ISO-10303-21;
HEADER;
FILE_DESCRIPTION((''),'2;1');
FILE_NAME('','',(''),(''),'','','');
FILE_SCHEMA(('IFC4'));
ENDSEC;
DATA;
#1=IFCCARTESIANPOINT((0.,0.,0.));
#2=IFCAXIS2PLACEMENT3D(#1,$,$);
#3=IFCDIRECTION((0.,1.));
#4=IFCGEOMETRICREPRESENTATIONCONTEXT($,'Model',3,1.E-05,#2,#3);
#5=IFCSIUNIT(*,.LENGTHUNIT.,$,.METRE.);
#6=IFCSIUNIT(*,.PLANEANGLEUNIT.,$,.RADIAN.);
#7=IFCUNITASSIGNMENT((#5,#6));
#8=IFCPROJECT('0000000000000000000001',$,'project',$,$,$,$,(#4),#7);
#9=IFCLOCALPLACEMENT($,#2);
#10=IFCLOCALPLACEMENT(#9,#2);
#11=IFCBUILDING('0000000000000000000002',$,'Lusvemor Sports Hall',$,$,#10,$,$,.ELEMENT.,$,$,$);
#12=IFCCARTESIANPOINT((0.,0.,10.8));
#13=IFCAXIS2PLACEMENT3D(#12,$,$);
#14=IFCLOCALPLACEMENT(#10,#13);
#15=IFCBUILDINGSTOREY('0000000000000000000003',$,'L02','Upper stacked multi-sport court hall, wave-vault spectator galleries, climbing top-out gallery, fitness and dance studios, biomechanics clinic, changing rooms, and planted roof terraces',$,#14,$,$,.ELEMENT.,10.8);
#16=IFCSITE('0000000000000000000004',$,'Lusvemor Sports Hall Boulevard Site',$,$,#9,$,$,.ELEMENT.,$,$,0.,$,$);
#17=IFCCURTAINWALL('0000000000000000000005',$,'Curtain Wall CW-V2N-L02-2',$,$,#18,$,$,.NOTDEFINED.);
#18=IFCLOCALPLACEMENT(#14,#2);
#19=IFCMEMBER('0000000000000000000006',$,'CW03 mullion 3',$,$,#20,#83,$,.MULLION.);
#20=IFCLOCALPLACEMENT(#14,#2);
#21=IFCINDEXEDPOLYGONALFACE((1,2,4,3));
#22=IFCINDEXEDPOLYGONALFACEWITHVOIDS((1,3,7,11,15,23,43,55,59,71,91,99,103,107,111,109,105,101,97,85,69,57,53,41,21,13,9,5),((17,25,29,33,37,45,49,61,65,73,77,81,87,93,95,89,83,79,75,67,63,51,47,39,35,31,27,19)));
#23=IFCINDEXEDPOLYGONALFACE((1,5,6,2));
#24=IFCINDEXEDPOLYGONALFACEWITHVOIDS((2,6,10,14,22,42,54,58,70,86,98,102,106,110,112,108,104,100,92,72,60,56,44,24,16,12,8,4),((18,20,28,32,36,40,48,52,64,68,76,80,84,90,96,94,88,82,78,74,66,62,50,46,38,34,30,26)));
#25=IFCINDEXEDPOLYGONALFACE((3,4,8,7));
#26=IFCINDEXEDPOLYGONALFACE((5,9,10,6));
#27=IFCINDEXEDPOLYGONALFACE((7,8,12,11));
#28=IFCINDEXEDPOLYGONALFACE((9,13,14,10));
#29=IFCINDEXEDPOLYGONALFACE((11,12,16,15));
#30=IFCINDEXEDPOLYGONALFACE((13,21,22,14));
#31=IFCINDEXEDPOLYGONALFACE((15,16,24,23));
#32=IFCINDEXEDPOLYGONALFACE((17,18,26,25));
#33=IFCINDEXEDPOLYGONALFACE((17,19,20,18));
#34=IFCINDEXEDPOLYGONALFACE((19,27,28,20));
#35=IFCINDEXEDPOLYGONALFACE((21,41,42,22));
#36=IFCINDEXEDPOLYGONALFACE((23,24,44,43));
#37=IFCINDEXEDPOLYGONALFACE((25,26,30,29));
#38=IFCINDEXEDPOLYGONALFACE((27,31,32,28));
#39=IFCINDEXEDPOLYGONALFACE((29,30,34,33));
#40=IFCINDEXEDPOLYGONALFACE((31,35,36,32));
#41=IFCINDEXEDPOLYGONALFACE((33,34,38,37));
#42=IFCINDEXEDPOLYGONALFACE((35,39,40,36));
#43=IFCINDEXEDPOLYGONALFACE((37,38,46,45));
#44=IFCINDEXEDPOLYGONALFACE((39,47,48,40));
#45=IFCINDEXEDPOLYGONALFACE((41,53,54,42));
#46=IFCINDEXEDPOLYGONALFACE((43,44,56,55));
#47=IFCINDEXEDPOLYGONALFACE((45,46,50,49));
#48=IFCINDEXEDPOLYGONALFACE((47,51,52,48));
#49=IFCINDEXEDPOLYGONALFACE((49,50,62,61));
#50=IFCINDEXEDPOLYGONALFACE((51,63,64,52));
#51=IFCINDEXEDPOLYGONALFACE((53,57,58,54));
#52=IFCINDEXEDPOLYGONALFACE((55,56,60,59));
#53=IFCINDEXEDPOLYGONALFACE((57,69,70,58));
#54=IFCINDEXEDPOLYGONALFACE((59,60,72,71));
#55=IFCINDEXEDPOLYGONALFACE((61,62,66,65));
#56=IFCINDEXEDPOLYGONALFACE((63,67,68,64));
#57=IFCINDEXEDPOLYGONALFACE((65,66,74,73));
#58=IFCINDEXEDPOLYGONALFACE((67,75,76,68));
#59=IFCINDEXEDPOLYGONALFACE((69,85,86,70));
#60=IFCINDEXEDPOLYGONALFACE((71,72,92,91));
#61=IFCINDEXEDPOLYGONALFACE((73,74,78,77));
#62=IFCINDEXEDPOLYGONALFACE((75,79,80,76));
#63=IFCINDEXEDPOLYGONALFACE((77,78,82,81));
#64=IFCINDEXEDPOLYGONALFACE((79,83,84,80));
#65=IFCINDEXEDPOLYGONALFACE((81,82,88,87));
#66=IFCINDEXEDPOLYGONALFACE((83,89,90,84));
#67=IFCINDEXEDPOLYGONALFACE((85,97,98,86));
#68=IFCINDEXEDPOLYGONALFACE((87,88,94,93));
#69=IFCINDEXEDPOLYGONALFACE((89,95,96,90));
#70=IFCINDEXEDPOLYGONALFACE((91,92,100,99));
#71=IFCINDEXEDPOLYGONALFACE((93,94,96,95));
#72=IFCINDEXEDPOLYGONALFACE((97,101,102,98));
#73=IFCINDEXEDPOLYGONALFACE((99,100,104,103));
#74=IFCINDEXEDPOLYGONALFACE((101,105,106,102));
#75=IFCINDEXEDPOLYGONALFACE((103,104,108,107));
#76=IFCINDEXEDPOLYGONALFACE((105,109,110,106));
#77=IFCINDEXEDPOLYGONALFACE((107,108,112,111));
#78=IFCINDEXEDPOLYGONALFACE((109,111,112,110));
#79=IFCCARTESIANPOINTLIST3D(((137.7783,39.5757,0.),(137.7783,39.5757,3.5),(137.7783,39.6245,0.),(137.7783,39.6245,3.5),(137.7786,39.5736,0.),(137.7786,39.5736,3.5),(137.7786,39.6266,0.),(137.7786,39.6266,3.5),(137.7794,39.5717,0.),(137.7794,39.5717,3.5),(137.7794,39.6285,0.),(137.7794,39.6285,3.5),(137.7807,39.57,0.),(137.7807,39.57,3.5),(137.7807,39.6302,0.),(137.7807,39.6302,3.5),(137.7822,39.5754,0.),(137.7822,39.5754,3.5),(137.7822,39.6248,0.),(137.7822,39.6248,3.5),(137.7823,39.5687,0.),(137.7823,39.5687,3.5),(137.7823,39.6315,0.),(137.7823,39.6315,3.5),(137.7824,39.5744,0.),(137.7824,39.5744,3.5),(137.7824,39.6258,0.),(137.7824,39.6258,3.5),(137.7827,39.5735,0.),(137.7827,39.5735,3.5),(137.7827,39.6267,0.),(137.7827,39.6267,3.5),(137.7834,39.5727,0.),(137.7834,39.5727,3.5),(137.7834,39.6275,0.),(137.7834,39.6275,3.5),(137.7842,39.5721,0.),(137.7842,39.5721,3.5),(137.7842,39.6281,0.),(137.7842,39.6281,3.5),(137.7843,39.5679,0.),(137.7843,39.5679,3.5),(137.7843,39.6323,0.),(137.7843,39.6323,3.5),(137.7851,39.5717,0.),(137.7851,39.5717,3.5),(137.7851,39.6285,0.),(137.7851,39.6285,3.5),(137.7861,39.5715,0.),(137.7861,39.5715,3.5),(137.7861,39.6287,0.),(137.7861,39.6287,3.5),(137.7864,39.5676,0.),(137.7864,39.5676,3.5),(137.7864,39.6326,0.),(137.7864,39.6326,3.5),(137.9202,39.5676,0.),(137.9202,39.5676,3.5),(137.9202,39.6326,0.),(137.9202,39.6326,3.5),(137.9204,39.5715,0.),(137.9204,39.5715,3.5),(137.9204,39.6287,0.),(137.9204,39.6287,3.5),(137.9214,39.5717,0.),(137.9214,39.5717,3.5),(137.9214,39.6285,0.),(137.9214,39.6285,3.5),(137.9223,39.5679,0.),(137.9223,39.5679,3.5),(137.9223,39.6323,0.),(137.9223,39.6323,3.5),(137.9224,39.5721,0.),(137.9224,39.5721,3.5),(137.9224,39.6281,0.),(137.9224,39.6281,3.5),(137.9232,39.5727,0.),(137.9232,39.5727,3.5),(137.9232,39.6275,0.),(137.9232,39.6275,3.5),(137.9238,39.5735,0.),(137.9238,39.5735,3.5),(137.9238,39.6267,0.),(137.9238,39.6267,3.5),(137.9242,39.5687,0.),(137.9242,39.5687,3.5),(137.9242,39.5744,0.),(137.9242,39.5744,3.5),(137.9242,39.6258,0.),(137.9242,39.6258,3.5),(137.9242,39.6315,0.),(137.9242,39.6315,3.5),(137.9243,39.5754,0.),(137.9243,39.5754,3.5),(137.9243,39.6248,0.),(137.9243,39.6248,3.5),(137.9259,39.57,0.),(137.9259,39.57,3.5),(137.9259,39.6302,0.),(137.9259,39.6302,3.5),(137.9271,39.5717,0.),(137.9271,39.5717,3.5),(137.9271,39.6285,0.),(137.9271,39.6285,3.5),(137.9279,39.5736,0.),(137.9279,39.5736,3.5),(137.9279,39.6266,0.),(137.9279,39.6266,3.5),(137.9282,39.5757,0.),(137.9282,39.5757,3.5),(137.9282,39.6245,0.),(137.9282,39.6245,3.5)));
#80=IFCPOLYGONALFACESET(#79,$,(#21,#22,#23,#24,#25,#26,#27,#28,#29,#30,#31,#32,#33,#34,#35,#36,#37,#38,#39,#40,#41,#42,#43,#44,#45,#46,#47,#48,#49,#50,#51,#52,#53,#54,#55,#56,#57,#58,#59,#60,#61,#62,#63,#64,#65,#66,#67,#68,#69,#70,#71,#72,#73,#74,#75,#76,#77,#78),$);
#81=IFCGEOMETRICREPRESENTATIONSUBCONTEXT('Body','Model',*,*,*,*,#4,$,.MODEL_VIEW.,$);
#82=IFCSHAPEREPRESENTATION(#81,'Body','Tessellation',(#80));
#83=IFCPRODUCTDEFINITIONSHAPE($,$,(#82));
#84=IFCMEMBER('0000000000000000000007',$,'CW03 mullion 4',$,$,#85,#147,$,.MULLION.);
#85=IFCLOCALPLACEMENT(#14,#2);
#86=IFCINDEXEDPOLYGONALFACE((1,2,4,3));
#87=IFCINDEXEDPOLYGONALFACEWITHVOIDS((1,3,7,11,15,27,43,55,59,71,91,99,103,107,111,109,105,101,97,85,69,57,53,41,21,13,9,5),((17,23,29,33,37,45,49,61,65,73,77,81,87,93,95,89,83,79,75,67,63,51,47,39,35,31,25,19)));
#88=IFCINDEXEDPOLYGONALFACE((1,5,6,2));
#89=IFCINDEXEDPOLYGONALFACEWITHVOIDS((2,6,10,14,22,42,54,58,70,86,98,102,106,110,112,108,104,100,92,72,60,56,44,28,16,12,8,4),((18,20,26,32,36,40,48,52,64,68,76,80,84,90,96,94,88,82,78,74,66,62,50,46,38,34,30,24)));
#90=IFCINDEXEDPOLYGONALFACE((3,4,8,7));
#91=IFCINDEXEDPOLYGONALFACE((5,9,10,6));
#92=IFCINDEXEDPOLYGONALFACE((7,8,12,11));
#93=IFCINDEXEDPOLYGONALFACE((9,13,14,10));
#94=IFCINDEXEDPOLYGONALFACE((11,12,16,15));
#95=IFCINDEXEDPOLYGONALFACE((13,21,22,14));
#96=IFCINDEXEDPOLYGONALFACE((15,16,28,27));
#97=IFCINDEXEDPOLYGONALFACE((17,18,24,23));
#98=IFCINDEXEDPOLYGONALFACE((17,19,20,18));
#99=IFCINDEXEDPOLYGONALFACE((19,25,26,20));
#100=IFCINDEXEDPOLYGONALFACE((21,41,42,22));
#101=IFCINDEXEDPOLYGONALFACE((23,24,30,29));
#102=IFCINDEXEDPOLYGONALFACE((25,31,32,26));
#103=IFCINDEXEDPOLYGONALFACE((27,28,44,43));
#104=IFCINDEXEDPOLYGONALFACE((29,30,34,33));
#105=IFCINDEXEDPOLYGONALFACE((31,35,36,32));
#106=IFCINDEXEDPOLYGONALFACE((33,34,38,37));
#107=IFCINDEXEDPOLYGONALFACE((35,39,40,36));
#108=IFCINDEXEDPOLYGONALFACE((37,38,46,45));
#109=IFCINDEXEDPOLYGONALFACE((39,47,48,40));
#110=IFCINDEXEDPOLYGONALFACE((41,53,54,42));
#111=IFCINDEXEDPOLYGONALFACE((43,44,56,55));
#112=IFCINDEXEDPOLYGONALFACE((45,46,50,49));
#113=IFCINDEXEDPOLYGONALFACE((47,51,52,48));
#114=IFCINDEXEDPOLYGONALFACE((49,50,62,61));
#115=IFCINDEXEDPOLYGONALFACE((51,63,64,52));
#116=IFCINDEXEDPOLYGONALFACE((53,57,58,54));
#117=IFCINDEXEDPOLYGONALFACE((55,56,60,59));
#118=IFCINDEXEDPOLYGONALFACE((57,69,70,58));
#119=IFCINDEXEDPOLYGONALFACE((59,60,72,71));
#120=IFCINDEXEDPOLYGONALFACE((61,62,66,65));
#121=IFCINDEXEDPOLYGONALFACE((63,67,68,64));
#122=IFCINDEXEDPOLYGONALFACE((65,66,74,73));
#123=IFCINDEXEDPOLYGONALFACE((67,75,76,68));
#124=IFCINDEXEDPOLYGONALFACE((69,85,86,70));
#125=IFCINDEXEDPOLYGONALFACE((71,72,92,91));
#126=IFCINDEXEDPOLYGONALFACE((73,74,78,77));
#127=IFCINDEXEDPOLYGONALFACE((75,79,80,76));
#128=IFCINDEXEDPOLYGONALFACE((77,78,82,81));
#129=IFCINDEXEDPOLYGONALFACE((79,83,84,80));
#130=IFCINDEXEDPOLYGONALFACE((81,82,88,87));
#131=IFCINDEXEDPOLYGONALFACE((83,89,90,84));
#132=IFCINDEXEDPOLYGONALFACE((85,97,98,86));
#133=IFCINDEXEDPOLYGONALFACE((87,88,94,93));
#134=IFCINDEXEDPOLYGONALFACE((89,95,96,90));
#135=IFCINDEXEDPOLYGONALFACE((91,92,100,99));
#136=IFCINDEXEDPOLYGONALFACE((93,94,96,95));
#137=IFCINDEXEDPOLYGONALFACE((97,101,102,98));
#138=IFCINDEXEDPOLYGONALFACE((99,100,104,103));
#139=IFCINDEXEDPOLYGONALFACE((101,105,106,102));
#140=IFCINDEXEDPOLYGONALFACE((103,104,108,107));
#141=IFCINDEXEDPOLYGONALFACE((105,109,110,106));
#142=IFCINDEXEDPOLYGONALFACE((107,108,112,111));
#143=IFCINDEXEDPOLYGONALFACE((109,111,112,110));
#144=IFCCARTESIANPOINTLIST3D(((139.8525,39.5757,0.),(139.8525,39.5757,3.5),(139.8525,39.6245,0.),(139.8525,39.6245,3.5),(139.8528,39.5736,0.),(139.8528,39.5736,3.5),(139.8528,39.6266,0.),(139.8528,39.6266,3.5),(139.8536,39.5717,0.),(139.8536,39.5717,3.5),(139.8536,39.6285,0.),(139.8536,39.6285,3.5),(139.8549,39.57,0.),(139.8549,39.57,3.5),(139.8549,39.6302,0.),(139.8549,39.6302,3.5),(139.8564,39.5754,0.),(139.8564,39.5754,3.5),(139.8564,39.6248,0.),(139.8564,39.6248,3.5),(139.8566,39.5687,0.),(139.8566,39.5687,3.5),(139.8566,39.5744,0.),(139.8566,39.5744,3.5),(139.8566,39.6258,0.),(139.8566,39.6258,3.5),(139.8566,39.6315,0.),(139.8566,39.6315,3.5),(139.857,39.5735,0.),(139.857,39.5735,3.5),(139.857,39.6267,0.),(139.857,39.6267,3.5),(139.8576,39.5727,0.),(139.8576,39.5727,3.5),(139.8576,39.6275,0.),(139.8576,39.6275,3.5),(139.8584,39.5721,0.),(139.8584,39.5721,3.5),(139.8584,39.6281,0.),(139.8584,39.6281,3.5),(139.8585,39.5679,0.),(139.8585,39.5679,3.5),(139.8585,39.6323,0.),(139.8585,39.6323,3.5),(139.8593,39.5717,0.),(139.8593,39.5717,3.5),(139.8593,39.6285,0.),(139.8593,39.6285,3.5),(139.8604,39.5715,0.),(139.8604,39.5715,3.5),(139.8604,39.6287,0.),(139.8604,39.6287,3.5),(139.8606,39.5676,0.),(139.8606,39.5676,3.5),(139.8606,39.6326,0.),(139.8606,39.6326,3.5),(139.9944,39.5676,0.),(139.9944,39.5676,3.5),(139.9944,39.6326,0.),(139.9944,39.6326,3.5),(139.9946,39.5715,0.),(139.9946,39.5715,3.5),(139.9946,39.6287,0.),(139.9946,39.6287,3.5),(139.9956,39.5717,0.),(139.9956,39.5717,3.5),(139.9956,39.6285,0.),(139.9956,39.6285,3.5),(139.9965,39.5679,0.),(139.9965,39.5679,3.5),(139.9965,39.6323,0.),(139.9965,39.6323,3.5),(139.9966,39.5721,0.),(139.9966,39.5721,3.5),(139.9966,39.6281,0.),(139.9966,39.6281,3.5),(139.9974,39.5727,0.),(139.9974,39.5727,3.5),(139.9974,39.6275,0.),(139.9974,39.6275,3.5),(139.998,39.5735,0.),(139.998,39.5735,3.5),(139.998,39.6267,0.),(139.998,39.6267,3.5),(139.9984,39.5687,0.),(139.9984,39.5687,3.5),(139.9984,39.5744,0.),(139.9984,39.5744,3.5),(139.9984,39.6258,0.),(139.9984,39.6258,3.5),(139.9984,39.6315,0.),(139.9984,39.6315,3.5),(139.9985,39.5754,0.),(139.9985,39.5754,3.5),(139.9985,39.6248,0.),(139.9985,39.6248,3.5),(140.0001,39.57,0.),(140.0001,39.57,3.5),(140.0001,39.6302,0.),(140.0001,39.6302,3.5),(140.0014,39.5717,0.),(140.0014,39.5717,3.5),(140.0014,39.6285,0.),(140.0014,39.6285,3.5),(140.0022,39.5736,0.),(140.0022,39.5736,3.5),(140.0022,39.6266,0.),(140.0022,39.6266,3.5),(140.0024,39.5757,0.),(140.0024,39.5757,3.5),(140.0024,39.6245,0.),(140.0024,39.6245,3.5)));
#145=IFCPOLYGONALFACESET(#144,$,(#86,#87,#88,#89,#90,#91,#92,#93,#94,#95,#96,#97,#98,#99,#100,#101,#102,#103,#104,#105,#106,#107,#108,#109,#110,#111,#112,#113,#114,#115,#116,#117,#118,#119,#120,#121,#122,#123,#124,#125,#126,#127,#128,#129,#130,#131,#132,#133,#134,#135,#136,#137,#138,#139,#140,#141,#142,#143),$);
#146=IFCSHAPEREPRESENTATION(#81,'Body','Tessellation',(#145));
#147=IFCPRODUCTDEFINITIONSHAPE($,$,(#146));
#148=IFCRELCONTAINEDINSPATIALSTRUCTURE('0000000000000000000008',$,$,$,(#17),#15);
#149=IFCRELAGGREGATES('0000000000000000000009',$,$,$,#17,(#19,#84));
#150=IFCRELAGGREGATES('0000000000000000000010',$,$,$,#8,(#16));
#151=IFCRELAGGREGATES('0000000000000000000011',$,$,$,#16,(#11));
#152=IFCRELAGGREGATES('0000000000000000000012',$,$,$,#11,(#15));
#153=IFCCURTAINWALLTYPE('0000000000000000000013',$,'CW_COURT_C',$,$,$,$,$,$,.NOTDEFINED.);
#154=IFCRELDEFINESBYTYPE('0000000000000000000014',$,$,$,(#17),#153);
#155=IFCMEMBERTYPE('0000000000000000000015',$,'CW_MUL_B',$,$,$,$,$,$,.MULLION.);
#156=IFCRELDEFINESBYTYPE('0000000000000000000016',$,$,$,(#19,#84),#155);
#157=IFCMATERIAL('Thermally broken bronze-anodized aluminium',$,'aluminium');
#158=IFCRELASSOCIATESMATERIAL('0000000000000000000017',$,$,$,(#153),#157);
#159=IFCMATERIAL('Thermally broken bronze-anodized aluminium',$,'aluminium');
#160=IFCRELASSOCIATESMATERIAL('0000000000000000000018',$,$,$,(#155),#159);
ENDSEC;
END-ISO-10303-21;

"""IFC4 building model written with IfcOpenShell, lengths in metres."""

from ifc_helpers import new_model, si_unit, direction, frame, origin, origin_2d, place, context, subcontext, project, spatial, hollow_rectangle, extrude, material, material_profile, profile_set, type_object, element, aggregate, save


model = new_model("IFC4")

# Units and contexts
model_context = context("Model", 3, precision=1e-05, world=origin(), true_north=direction((0.0, 1.0)))
body_context = subcontext(model_context, "Body", "Model", "MODEL_VIEW")
ifc_project = project(units=[si_unit("LENGTHUNIT", "METRE"), si_unit("PLANEANGLEUNIT", "RADIAN")], contexts=[model_context])

# Site, building, storey
site_placement = place(None, origin())
site = spatial("IfcSite", under=ifc_project, at=site_placement, Name="Lusvemor Sports Hall Boulevard Site", CompositionType="ELEMENT", RefElevation=0.0)
building_placement = place(site_placement, origin())
building = spatial("IfcBuilding", under=site, at=building_placement, Name="Lusvemor Sports Hall", CompositionType="ELEMENT")
storey_placement = place(building_placement, frame((0.0, 0.0, 10.8)))
storey = spatial("IfcBuildingStorey", under=building, at=storey_placement, Name="L02", Description="Upper stacked multi-sport court hall, wave-vault spectator galleries, climbing top-out gallery, fitness and dance studios, biomechanics clinic, changing rooms, and planted roof terraces", CompositionType="ELEMENT", Elevation=10.8)

# Curtain wall, members
ifc_material_1 = material(Name="Thermally broken bronze-anodized aluminium", Category="aluminium")
curtain_wall_type = type_object("IfcCurtainWallType", Name="CW_COURT_C", PredefinedType="NOTDEFINED", material=ifc_material_1)
curtain_wall_placement = place(storey_placement, origin())
curtain_wall = element("IfcCurtainWall", 1, at=curtain_wall_placement, inside=storey, type_object=curtain_wall_type, Name="Curtain Wall CW-V2N-L02-2", PredefinedType="NOTDEFINED")
ifc_material_2 = material(Name="Thermally broken bronze-anodized aluminium", Category="aluminium")
ifc_material_profile_1 = material_profile(ifc_material_2, hollow_rectangle(XDim=0.0649, YDim=0.1499, WallThickness=0.0039, InnerFilletRadius=0.0039, OuterFilletRadius=0.0081, at=origin_2d()), Name="CWMUL150x65x4")
ifc_profile_set_1 = profile_set([ifc_material_profile_1], Name="Thermally broken bronze-anodized aluminium")
member_type_1 = type_object("IfcMemberType", Name="CW_MUL_B", PredefinedType="MULLION", material=ifc_profile_set_1)
member_1_placement = place(storey_placement, frame((137.8533, 39.6001, 0.0), z_axis=(0.0, 0.0, 1.0), x_axis=(0.0, 1.0, 0.0)))
member_1 = element("IfcMember", 2, at=member_1_placement, type_object=member_type_1, Name="CW03 mullion 3", PredefinedType="MULLION", context=body_context, shape_type="SweptSolid", body=[
    extrude(hollow_rectangle(XDim=0.0649, YDim=0.1499, WallThickness=0.0039, InnerFilletRadius=0.0039, OuterFilletRadius=0.0081, at=origin_2d()), origin(), (0.0, 0.0, 1.0), 3.5),
])
member_2_placement = place(storey_placement, frame((139.9275, 39.6001, 0.0), z_axis=(0.0, 0.0, 1.0), x_axis=(0.0, 1.0, 0.0)))
member_2 = element("IfcMember", 3, at=member_2_placement, type_object=member_type_1, Name="CW03 mullion 4", PredefinedType="MULLION", context=body_context, shape_type="SweptSolid", body=[
    extrude(hollow_rectangle(XDim=0.0649, YDim=0.1499, WallThickness=0.0039, InnerFilletRadius=0.0039, OuterFilletRadius=0.0081, at=origin_2d()), origin(), (0.0, 0.0, 1.0), 3.5),
])

aggregate(curtain_wall, [member_1, member_2])

save(model, "model.ifc")
